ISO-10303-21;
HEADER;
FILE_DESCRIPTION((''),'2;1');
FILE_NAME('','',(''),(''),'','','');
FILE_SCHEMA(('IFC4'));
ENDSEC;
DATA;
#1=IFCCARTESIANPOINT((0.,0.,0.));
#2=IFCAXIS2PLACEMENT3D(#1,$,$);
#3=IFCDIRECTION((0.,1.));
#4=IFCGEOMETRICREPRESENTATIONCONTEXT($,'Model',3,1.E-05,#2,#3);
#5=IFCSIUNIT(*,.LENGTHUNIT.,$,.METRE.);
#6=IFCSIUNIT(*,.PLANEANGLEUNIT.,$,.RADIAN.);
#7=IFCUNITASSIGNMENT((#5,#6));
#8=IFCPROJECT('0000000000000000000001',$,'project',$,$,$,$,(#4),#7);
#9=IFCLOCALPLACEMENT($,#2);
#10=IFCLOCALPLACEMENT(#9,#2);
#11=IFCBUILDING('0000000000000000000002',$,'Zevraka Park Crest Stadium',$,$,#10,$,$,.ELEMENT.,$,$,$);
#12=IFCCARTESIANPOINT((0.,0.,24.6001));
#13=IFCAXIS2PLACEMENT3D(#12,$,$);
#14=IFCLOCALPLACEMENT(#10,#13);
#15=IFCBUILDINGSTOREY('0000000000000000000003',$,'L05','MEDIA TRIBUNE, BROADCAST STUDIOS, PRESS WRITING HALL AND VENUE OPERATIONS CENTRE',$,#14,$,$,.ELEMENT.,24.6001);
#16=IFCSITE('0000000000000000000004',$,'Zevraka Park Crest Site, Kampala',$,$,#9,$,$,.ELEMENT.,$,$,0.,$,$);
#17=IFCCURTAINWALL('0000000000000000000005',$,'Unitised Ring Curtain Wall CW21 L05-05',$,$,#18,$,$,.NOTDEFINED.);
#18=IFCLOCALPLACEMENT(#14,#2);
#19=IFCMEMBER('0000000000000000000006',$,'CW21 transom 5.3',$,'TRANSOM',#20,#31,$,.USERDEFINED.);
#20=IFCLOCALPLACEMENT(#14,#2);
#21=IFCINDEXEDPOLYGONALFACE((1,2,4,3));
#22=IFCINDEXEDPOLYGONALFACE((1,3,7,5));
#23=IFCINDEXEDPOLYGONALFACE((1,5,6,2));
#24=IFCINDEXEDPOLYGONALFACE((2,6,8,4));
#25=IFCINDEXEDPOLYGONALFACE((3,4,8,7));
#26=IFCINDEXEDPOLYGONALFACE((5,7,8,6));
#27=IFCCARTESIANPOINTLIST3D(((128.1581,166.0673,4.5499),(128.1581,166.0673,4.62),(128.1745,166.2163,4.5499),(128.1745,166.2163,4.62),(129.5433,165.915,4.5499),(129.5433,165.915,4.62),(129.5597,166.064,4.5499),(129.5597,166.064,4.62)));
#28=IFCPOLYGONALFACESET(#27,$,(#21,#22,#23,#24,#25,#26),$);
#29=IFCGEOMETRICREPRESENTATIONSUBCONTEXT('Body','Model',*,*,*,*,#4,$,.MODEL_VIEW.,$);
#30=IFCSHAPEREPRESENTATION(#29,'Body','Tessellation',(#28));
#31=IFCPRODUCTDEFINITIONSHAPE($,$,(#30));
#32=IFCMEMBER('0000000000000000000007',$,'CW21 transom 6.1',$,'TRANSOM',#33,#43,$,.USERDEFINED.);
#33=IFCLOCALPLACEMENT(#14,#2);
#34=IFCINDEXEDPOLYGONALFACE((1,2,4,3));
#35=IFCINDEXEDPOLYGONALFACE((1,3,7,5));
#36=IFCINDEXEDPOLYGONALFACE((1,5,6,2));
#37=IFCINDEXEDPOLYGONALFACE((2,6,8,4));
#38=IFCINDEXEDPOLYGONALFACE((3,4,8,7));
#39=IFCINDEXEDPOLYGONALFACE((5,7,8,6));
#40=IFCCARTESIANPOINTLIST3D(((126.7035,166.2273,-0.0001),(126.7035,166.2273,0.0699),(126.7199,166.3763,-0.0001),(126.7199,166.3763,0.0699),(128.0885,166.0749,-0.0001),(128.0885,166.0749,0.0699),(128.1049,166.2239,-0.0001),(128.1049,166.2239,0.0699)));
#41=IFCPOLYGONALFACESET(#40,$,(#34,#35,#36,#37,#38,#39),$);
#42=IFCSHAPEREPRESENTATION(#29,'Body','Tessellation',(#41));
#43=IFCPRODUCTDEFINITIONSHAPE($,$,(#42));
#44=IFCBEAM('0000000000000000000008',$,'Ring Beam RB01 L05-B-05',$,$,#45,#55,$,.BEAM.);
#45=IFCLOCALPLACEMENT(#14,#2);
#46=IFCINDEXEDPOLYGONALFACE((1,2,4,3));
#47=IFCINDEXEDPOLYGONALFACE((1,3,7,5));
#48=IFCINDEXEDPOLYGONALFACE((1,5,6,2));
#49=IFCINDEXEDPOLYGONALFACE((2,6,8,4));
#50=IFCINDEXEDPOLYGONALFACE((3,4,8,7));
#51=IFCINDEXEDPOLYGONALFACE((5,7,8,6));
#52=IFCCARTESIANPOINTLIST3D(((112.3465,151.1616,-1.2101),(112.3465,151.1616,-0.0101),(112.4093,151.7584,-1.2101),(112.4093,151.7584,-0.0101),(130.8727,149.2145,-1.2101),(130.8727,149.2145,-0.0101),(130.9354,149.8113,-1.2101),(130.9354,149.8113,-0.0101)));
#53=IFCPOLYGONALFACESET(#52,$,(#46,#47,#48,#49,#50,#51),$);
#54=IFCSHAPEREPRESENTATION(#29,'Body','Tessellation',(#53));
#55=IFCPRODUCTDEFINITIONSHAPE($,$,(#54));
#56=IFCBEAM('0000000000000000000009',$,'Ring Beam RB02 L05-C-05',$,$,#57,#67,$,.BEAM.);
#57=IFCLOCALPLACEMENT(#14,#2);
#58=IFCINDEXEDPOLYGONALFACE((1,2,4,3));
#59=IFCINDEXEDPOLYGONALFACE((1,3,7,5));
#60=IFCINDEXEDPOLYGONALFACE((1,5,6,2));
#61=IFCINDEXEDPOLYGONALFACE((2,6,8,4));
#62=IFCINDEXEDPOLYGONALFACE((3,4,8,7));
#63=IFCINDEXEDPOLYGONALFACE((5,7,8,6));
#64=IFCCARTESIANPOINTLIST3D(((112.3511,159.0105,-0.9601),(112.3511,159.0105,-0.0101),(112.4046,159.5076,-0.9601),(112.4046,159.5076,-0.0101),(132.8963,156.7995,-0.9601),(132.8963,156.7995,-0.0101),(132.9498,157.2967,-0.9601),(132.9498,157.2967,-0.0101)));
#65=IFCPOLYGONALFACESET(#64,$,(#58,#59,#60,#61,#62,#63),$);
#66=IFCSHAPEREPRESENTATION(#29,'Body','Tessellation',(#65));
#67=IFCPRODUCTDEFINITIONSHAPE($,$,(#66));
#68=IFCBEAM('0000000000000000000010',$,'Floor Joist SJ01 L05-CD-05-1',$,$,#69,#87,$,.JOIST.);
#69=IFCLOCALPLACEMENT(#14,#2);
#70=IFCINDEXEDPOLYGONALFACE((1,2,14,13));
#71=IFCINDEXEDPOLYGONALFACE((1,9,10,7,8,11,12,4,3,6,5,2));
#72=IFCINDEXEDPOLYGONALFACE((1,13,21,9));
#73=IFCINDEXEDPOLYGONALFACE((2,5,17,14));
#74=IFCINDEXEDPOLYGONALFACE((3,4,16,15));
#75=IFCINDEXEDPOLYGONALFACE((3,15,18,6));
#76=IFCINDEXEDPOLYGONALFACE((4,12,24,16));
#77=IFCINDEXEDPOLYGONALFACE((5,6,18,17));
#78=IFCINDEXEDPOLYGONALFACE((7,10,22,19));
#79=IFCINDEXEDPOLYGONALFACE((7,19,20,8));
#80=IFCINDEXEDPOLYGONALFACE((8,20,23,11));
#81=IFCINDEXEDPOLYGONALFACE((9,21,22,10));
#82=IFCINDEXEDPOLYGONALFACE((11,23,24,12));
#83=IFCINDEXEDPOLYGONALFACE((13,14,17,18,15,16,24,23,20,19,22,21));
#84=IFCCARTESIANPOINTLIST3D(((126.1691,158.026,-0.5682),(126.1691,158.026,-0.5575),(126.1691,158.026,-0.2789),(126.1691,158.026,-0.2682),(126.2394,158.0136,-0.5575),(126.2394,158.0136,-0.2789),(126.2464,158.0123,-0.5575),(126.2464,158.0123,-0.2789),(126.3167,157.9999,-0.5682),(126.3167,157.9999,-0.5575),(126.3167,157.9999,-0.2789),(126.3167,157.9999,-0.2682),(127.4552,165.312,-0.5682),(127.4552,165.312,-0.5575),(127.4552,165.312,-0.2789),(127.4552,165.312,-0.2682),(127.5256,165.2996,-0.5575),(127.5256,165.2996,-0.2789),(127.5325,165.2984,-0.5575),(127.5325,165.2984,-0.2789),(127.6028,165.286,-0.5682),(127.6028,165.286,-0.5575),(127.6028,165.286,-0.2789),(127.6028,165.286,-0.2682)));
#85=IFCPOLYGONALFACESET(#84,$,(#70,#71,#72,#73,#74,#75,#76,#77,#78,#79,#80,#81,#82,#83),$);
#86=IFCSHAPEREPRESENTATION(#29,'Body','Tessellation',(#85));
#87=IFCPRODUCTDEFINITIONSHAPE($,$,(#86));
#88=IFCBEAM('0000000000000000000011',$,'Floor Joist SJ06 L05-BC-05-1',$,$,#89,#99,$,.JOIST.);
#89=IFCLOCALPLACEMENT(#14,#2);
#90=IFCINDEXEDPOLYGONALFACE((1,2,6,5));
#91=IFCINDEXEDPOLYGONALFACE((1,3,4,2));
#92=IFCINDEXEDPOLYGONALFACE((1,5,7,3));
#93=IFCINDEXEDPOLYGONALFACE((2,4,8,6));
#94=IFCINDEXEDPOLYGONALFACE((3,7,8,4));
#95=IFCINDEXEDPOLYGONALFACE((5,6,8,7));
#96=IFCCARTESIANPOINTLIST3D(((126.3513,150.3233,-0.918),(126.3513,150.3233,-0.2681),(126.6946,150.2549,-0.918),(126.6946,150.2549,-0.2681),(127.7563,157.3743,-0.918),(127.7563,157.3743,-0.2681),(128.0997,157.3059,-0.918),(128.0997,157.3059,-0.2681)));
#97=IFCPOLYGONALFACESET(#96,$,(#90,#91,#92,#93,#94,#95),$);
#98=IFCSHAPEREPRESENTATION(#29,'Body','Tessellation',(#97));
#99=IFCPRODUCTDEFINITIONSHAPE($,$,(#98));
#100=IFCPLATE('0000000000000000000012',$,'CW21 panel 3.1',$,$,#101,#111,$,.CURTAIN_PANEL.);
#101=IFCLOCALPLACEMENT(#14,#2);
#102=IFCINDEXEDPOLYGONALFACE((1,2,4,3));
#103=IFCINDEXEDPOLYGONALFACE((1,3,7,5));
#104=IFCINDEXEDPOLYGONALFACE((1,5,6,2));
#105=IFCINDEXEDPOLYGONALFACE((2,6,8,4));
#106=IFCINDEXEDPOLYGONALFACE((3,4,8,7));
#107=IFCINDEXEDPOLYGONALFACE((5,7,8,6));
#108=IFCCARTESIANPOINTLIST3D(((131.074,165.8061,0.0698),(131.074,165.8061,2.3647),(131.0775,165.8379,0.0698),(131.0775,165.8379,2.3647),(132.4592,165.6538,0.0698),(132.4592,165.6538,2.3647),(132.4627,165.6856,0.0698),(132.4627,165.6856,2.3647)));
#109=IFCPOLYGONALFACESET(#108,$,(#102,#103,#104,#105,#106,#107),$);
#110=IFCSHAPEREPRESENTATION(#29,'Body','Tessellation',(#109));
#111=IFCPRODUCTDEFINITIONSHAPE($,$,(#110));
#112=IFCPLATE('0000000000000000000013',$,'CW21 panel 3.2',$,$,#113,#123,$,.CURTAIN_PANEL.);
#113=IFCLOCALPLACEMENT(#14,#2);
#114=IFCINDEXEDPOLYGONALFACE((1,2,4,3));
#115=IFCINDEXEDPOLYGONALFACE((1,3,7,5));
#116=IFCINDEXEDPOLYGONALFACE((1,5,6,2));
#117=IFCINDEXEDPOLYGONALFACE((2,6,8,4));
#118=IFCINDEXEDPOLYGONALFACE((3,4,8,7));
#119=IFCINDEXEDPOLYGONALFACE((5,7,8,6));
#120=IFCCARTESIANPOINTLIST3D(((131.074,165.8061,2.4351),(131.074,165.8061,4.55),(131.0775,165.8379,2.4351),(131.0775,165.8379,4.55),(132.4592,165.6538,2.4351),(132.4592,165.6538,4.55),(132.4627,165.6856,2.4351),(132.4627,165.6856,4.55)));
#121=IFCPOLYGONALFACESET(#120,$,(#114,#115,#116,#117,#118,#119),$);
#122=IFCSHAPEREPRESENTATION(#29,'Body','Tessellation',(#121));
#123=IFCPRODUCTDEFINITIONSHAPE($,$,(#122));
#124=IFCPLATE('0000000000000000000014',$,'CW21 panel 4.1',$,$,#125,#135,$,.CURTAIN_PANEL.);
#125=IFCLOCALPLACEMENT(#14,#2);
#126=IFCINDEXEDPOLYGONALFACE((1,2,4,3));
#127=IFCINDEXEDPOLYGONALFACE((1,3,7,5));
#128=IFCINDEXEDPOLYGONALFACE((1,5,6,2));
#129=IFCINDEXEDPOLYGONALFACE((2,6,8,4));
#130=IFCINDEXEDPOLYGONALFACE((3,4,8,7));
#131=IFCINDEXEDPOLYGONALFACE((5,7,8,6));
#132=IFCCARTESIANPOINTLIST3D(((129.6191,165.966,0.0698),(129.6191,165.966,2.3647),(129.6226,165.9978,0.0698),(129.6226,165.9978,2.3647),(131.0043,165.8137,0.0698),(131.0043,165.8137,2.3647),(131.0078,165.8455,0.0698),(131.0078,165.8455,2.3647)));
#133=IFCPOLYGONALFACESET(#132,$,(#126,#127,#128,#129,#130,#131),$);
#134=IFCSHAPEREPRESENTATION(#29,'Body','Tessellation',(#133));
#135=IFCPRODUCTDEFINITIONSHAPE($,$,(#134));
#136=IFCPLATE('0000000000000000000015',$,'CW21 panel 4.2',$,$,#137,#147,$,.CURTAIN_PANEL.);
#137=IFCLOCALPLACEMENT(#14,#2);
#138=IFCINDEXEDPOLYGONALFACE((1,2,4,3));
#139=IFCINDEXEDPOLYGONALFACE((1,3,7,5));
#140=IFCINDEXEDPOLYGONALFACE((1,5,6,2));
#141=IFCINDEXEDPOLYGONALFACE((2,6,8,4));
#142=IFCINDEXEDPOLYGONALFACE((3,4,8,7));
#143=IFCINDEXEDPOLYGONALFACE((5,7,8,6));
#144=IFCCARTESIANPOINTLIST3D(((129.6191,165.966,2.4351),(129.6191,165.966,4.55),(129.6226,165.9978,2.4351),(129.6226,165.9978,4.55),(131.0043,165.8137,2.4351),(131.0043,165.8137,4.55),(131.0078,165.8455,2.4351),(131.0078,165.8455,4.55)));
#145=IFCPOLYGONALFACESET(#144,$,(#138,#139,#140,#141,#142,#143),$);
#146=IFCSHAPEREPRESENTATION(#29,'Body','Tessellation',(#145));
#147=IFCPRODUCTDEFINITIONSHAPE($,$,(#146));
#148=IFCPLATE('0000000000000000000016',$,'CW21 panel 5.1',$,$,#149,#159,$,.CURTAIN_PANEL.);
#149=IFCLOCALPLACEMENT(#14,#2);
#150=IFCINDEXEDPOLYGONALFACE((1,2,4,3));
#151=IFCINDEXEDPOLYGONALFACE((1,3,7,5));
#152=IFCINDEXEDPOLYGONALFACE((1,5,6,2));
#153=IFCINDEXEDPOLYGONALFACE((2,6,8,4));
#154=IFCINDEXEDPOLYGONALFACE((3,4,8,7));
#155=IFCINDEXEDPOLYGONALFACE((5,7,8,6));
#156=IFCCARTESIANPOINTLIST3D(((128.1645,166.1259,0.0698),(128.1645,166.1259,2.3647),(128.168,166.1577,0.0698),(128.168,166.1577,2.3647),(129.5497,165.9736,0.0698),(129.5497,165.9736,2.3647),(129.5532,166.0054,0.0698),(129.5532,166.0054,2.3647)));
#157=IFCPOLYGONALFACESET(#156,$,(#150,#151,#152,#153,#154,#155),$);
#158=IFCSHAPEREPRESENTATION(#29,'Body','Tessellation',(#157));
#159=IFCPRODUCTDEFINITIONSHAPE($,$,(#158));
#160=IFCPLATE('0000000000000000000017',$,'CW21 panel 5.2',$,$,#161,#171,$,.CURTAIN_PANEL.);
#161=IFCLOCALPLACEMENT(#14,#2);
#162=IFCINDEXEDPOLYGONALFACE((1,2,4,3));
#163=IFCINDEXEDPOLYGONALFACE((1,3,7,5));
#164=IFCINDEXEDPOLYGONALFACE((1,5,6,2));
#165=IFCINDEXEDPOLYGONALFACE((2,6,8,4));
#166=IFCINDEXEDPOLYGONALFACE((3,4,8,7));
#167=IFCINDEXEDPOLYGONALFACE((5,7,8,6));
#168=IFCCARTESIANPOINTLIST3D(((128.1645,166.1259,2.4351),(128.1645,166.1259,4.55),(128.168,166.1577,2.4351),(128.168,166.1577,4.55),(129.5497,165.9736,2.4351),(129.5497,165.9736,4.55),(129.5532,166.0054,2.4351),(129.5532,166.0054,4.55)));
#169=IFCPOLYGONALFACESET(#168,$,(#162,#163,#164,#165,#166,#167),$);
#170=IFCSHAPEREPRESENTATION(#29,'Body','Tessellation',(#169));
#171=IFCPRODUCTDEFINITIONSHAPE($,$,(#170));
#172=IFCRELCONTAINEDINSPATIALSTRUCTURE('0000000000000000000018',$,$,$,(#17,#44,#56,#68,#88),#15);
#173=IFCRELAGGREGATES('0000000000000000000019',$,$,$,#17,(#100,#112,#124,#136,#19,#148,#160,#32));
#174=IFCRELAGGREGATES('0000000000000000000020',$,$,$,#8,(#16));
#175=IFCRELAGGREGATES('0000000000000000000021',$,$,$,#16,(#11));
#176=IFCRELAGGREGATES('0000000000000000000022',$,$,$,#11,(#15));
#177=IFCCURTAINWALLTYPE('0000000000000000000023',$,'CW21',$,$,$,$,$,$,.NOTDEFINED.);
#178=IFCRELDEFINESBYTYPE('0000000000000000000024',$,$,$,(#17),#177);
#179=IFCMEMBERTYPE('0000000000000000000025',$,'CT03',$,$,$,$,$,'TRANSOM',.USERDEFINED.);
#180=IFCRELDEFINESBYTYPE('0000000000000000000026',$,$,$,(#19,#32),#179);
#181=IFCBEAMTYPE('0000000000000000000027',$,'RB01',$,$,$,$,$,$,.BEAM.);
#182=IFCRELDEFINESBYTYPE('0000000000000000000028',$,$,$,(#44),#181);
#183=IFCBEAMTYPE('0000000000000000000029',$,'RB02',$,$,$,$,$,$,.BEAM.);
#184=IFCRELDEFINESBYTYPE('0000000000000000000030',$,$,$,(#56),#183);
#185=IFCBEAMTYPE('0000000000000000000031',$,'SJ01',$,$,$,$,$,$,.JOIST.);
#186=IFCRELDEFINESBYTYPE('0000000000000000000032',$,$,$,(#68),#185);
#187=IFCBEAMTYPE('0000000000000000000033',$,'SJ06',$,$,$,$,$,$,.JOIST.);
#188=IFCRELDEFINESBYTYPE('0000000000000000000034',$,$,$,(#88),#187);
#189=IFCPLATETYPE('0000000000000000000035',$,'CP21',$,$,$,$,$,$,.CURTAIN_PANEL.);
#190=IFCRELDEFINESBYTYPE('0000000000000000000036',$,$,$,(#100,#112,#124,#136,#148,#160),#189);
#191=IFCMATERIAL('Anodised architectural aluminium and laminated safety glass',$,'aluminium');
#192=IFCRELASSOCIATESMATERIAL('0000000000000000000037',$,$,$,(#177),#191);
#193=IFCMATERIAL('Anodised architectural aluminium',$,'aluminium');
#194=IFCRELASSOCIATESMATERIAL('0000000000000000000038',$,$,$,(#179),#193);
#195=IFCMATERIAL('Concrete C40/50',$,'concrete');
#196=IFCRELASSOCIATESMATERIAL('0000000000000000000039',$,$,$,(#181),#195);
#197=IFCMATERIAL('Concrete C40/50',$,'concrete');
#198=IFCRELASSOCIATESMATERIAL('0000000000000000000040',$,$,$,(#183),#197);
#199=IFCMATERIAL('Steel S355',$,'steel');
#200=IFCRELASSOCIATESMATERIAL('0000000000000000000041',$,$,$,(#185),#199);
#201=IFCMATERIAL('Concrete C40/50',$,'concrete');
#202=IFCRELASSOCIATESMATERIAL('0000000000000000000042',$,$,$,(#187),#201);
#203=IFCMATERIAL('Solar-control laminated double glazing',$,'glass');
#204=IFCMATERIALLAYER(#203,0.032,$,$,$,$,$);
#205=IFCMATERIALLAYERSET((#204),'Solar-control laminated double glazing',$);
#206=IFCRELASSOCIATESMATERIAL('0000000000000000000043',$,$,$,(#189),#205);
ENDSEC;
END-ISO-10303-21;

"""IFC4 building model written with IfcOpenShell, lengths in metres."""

from ifc_helpers import new_model, si_unit, direction, frame, origin, origin_2d, place, context, subcontext, project, spatial, rectangle, i_section, extrude, material, layer, layer_set, material_profile, profile_set, type_object, element, aggregate, save


model = new_model("IFC4")

# Units and contexts
model_context = context("Model", 3, precision=1e-05, world=origin(), true_north=direction((0.0, 1.0)))
body_context = subcontext(model_context, "Body", "Model", "MODEL_VIEW")
ifc_project = project(units=[si_unit("LENGTHUNIT", "METRE"), si_unit("PLANEANGLEUNIT", "RADIAN")], contexts=[model_context])

# Site, building, storey
site_placement = place(None, origin())
site = spatial("IfcSite", under=ifc_project, at=site_placement, Name="Zevraka Park Crest Site, Kampala", CompositionType="ELEMENT", RefElevation=0.0)
building_placement = place(site_placement, origin())
building = spatial("IfcBuilding", under=site, at=building_placement, Name="Zevraka Park Crest Stadium", CompositionType="ELEMENT")
storey_placement = place(building_placement, frame((0.0, 0.0, 24.6001)))
storey = spatial("IfcBuildingStorey", under=building, at=storey_placement, Name="L05", Description="MEDIA TRIBUNE, BROADCAST STUDIOS, PRESS WRITING HALL AND VENUE OPERATIONS CENTRE", CompositionType="ELEMENT", Elevation=24.6001)

# Curtain wall, members
ifc_material_1 = material(Name="Anodised architectural aluminium and laminated safety glass", Category="aluminium")
curtain_wall_type = type_object("IfcCurtainWallType", Name="CW21", PredefinedType="NOTDEFINED", material=ifc_material_1)
curtain_wall_placement = place(storey_placement, origin())
curtain_wall = element("IfcCurtainWall", 1, at=curtain_wall_placement, inside=storey, type_object=curtain_wall_type, Name="Unitised Ring Curtain Wall CW21 L05-05", PredefinedType="NOTDEFINED")
ifc_material_2 = material(Name="Anodised architectural aluminium", Category="aluminium")
ifc_material_profile_1 = material_profile(ifc_material_2, rectangle(XDim=0.1499, YDim=0.0701, at=origin_2d()), Name="ALU TRANSOM 150x70")
ifc_profile_set_1 = profile_set([ifc_material_profile_1], Name="Anodised architectural aluminium")
member_type_1 = type_object("IfcMemberType", Name="CT03", ElementType="TRANSOM", PredefinedType="USERDEFINED", material=ifc_profile_set_1)
member_1_placement = place(storey_placement, frame((129.5515, 165.9895, 4.585), z_axis=(-0.994007, 0.109316, 0.0), x_axis=(-0.109316, -0.994007, 0.0)))
member_1 = element("IfcMember", 2, at=member_1_placement, type_object=member_type_1, Name="CW21 transom 5.3", ObjectType="TRANSOM", PredefinedType="USERDEFINED", context=body_context, shape_type="SweptSolid", body=[
    extrude(rectangle(XDim=0.1499, YDim=0.0701, at=origin_2d()), origin(), (0.0, 0.0, 1.0), 1.3936),
])
member_2_placement = place(storey_placement, frame((128.0967, 166.1494, 0.0349), z_axis=(-0.994005, 0.109335, 0.0), x_axis=(-0.109335, -0.994005, 0.0)))
member_2 = element("IfcMember", 3, at=member_2_placement, type_object=member_type_1, Name="CW21 transom 6.1", ObjectType="TRANSOM", PredefinedType="USERDEFINED", context=body_context, shape_type="SweptSolid", body=[
    extrude(rectangle(XDim=0.1499, YDim=0.0701, at=origin_2d()), origin(), (0.0, 0.0, 1.0), 1.3933),
])

# Beams
ifc_material_3 = material(Name="Concrete C40/50", Category="concrete")
ifc_material_profile_2 = material_profile(ifc_material_3, rectangle(XDim=0.6001, YDim=1.2, at=origin_2d()), Name="RC 1200x600")
ifc_profile_set_2 = profile_set([ifc_material_profile_2], Name="Concrete C40/50")
beam_type_1 = type_object("IfcBeamType", Name="RB01", PredefinedType="BEAM", material=ifc_profile_set_2)
beam_1_placement = place(storey_placement, frame((130.9041, 149.5129, -0.6101), z_axis=(-0.994523, 0.10452, 0.0), x_axis=(-0.10452, -0.994523, 0.0)))
element("IfcBeam", 4, at=beam_1_placement, inside=storey, type_object=beam_type_1, Name="Ring Beam RB01 L05-B-05", PredefinedType="BEAM", context=body_context, shape_type="SweptSolid", body=[
    extrude(rectangle(XDim=0.6001, YDim=1.2, at=origin_2d()), origin(), (0.0, 0.0, 1.0), 18.6282),
])
ifc_material_4 = material(Name="Concrete C40/50", Category="concrete")
ifc_material_profile_3 = material_profile(ifc_material_4, rectangle(XDim=0.5, YDim=0.95, at=origin_2d()), Name="RC 950x500")
ifc_profile_set_3 = profile_set([ifc_material_profile_3], Name="Concrete C40/50")
beam_type_2 = type_object("IfcBeamType", Name="RB02", PredefinedType="BEAM", material=ifc_profile_set_3)
beam_2_placement = place(storey_placement, frame((132.9231, 157.0481, -0.4851), z_axis=(-0.994259, 0.106996, 0.0), x_axis=(-0.106996, -0.994259, 0.0)))
element("IfcBeam", 5, at=beam_2_placement, inside=storey, type_object=beam_type_2, Name="Ring Beam RB02 L05-C-05", PredefinedType="BEAM", context=body_context, shape_type="SweptSolid", body=[
    extrude(rectangle(XDim=0.5, YDim=0.95, at=origin_2d()), origin(), (0.0, 0.0, 1.0), 20.6638),
])
ifc_material_5 = material(Name="Steel S355", Category="steel")
ifc_material_profile_4 = material_profile(ifc_material_5, i_section(OverallWidth=0.1499, OverallDepth=0.3, WebThickness=0.0071, FlangeThickness=0.0107, at=origin_2d()), Name="IPE 300")
ifc_profile_set_4 = profile_set([ifc_material_profile_4], Name="Steel S355")
beam_type_3 = type_object("IfcBeamType", Name="SJ01", PredefinedType="JOIST", material=ifc_profile_set_4)
beam_3_placement = place(storey_placement, frame((126.2429, 158.0129, -0.4182), z_axis=(0.173831, 0.984776, 0.0), x_axis=(-0.984776, 0.173831, 0.0)))
element("IfcBeam", 6, at=beam_3_placement, inside=storey, type_object=beam_type_3, Name="Floor Joist SJ01 L05-CD-05-1", PredefinedType="JOIST", context=body_context, shape_type="SweptSolid", body=[
    extrude(i_section(OverallWidth=0.1499, OverallDepth=0.3, WebThickness=0.0071, FlangeThickness=0.0107, at=origin_2d()), origin(), (0.0, 0.0, 1.0), 7.3987),
])
ifc_material_6 = material(Name="Concrete C40/50", Category="concrete")
ifc_material_profile_5 = material_profile(ifc_material_6, rectangle(XDim=0.3501, YDim=0.6499, at=origin_2d()), Name="RC 650x350")
ifc_profile_set_5 = profile_set([ifc_material_profile_5], Name="Concrete C40/50")
beam_type_4 = type_object("IfcBeamType", Name="SJ06", PredefinedType="JOIST", material=ifc_profile_set_5)
beam_4_placement = place(storey_placement, frame((126.5229, 150.2891, -0.593), z_axis=(0.195424, 0.980719, 0.0), x_axis=(-0.980719, 0.195424, 0.0)))
element("IfcBeam", 7, at=beam_4_placement, inside=storey, type_object=beam_type_4, Name="Floor Joist SJ06 L05-BC-05-1", PredefinedType="JOIST", context=body_context, shape_type="SweptSolid", body=[
    extrude(rectangle(XDim=0.3501, YDim=0.6499, at=origin_2d()), origin(), (0.0, 0.0, 1.0), 7.1897),
])

# Plates
ifc_material_7 = material(Name="Solar-control laminated double glazing", Category="glass")
ifc_layer_1 = layer(ifc_material_7, 0.032)
ifc_layer_set_1 = layer_set([ifc_layer_1], Name="Solar-control laminated double glazing")
plate_type = type_object("IfcPlateType", Name="CP21", PredefinedType="CURTAIN_PANEL", material=ifc_layer_set_1)
plate_1_placement = place(storey_placement, frame((131.7683, 165.7458, 0.0698), z_axis=(0.0, 0.0, 1.0), x_axis=(-0.99401, 0.109288, 0.0)))
plate_1 = element("IfcPlate", 8, at=plate_1_placement, type_object=plate_type, Name="CW21 panel 3.1", PredefinedType="CURTAIN_PANEL", context=body_context, shape_type="SweptSolid", body=[
    extrude(rectangle(XDim=1.3936, YDim=0.032, at=origin_2d()), origin(), (0.0, 0.0, 1.0), 2.2949),
])
plate_2_placement = place(storey_placement, frame((131.7683, 165.7458, 2.4351), z_axis=(0.0, 0.0, 1.0), x_axis=(-0.99401, 0.109288, 0.0)))
plate_2 = element("IfcPlate", 9, at=plate_2_placement, type_object=plate_type, Name="CW21 panel 3.2", PredefinedType="CURTAIN_PANEL", context=body_context, shape_type="SweptSolid", body=[
    extrude(rectangle(XDim=1.3936, YDim=0.032, at=origin_2d()), origin(), (0.0, 0.0, 1.0), 2.115),
])
plate_3_placement = place(storey_placement, frame((130.3135, 165.9058, 0.0698), z_axis=(0.0, 0.0, 1.0), x_axis=(-0.99401, 0.109288, 0.0)))
plate_3 = element("IfcPlate", 10, at=plate_3_placement, type_object=plate_type, Name="CW21 panel 4.1", PredefinedType="CURTAIN_PANEL", context=body_context, shape_type="SweptSolid", body=[
    extrude(rectangle(XDim=1.3936, YDim=0.032, at=origin_2d()), origin(), (0.0, 0.0, 1.0), 2.2949),
])
plate_4_placement = place(storey_placement, frame((130.3135, 165.9058, 2.4351), z_axis=(0.0, 0.0, 1.0), x_axis=(-0.99401, 0.109288, 0.0)))
plate_4 = element("IfcPlate", 11, at=plate_4_placement, type_object=plate_type, Name="CW21 panel 4.2", PredefinedType="CURTAIN_PANEL", context=body_context, shape_type="SweptSolid", body=[
    extrude(rectangle(XDim=1.3936, YDim=0.032, at=origin_2d()), origin(), (0.0, 0.0, 1.0), 2.115),
])
plate_5_placement = place(storey_placement, frame((128.8589, 166.0657, 0.0698), z_axis=(0.0, 0.0, 1.0), x_axis=(-0.99401, 0.109288, 0.0)))
plate_5 = element("IfcPlate", 12, at=plate_5_placement, type_object=plate_type, Name="CW21 panel 5.1", PredefinedType="CURTAIN_PANEL", context=body_context, shape_type="SweptSolid", body=[
    extrude(rectangle(XDim=1.3936, YDim=0.032, at=origin_2d()), origin(), (0.0, 0.0, 1.0), 2.2949),
])
plate_6_placement = place(storey_placement, frame((128.8589, 166.0657, 2.4351), z_axis=(0.0, 0.0, 1.0), x_axis=(-0.99401, 0.109288, 0.0)))
plate_6 = element("IfcPlate", 13, at=plate_6_placement, type_object=plate_type, Name="CW21 panel 5.2", PredefinedType="CURTAIN_PANEL", context=body_context, shape_type="SweptSolid", body=[
    extrude(rectangle(XDim=1.3936, YDim=0.032, at=origin_2d()), origin(), (0.0, 0.0, 1.0), 2.115),
])
aggregate(curtain_wall, [plate_1, plate_2, plate_3, plate_4, member_1, plate_5, plate_6, member_2])

save(model, "model.ifc")
